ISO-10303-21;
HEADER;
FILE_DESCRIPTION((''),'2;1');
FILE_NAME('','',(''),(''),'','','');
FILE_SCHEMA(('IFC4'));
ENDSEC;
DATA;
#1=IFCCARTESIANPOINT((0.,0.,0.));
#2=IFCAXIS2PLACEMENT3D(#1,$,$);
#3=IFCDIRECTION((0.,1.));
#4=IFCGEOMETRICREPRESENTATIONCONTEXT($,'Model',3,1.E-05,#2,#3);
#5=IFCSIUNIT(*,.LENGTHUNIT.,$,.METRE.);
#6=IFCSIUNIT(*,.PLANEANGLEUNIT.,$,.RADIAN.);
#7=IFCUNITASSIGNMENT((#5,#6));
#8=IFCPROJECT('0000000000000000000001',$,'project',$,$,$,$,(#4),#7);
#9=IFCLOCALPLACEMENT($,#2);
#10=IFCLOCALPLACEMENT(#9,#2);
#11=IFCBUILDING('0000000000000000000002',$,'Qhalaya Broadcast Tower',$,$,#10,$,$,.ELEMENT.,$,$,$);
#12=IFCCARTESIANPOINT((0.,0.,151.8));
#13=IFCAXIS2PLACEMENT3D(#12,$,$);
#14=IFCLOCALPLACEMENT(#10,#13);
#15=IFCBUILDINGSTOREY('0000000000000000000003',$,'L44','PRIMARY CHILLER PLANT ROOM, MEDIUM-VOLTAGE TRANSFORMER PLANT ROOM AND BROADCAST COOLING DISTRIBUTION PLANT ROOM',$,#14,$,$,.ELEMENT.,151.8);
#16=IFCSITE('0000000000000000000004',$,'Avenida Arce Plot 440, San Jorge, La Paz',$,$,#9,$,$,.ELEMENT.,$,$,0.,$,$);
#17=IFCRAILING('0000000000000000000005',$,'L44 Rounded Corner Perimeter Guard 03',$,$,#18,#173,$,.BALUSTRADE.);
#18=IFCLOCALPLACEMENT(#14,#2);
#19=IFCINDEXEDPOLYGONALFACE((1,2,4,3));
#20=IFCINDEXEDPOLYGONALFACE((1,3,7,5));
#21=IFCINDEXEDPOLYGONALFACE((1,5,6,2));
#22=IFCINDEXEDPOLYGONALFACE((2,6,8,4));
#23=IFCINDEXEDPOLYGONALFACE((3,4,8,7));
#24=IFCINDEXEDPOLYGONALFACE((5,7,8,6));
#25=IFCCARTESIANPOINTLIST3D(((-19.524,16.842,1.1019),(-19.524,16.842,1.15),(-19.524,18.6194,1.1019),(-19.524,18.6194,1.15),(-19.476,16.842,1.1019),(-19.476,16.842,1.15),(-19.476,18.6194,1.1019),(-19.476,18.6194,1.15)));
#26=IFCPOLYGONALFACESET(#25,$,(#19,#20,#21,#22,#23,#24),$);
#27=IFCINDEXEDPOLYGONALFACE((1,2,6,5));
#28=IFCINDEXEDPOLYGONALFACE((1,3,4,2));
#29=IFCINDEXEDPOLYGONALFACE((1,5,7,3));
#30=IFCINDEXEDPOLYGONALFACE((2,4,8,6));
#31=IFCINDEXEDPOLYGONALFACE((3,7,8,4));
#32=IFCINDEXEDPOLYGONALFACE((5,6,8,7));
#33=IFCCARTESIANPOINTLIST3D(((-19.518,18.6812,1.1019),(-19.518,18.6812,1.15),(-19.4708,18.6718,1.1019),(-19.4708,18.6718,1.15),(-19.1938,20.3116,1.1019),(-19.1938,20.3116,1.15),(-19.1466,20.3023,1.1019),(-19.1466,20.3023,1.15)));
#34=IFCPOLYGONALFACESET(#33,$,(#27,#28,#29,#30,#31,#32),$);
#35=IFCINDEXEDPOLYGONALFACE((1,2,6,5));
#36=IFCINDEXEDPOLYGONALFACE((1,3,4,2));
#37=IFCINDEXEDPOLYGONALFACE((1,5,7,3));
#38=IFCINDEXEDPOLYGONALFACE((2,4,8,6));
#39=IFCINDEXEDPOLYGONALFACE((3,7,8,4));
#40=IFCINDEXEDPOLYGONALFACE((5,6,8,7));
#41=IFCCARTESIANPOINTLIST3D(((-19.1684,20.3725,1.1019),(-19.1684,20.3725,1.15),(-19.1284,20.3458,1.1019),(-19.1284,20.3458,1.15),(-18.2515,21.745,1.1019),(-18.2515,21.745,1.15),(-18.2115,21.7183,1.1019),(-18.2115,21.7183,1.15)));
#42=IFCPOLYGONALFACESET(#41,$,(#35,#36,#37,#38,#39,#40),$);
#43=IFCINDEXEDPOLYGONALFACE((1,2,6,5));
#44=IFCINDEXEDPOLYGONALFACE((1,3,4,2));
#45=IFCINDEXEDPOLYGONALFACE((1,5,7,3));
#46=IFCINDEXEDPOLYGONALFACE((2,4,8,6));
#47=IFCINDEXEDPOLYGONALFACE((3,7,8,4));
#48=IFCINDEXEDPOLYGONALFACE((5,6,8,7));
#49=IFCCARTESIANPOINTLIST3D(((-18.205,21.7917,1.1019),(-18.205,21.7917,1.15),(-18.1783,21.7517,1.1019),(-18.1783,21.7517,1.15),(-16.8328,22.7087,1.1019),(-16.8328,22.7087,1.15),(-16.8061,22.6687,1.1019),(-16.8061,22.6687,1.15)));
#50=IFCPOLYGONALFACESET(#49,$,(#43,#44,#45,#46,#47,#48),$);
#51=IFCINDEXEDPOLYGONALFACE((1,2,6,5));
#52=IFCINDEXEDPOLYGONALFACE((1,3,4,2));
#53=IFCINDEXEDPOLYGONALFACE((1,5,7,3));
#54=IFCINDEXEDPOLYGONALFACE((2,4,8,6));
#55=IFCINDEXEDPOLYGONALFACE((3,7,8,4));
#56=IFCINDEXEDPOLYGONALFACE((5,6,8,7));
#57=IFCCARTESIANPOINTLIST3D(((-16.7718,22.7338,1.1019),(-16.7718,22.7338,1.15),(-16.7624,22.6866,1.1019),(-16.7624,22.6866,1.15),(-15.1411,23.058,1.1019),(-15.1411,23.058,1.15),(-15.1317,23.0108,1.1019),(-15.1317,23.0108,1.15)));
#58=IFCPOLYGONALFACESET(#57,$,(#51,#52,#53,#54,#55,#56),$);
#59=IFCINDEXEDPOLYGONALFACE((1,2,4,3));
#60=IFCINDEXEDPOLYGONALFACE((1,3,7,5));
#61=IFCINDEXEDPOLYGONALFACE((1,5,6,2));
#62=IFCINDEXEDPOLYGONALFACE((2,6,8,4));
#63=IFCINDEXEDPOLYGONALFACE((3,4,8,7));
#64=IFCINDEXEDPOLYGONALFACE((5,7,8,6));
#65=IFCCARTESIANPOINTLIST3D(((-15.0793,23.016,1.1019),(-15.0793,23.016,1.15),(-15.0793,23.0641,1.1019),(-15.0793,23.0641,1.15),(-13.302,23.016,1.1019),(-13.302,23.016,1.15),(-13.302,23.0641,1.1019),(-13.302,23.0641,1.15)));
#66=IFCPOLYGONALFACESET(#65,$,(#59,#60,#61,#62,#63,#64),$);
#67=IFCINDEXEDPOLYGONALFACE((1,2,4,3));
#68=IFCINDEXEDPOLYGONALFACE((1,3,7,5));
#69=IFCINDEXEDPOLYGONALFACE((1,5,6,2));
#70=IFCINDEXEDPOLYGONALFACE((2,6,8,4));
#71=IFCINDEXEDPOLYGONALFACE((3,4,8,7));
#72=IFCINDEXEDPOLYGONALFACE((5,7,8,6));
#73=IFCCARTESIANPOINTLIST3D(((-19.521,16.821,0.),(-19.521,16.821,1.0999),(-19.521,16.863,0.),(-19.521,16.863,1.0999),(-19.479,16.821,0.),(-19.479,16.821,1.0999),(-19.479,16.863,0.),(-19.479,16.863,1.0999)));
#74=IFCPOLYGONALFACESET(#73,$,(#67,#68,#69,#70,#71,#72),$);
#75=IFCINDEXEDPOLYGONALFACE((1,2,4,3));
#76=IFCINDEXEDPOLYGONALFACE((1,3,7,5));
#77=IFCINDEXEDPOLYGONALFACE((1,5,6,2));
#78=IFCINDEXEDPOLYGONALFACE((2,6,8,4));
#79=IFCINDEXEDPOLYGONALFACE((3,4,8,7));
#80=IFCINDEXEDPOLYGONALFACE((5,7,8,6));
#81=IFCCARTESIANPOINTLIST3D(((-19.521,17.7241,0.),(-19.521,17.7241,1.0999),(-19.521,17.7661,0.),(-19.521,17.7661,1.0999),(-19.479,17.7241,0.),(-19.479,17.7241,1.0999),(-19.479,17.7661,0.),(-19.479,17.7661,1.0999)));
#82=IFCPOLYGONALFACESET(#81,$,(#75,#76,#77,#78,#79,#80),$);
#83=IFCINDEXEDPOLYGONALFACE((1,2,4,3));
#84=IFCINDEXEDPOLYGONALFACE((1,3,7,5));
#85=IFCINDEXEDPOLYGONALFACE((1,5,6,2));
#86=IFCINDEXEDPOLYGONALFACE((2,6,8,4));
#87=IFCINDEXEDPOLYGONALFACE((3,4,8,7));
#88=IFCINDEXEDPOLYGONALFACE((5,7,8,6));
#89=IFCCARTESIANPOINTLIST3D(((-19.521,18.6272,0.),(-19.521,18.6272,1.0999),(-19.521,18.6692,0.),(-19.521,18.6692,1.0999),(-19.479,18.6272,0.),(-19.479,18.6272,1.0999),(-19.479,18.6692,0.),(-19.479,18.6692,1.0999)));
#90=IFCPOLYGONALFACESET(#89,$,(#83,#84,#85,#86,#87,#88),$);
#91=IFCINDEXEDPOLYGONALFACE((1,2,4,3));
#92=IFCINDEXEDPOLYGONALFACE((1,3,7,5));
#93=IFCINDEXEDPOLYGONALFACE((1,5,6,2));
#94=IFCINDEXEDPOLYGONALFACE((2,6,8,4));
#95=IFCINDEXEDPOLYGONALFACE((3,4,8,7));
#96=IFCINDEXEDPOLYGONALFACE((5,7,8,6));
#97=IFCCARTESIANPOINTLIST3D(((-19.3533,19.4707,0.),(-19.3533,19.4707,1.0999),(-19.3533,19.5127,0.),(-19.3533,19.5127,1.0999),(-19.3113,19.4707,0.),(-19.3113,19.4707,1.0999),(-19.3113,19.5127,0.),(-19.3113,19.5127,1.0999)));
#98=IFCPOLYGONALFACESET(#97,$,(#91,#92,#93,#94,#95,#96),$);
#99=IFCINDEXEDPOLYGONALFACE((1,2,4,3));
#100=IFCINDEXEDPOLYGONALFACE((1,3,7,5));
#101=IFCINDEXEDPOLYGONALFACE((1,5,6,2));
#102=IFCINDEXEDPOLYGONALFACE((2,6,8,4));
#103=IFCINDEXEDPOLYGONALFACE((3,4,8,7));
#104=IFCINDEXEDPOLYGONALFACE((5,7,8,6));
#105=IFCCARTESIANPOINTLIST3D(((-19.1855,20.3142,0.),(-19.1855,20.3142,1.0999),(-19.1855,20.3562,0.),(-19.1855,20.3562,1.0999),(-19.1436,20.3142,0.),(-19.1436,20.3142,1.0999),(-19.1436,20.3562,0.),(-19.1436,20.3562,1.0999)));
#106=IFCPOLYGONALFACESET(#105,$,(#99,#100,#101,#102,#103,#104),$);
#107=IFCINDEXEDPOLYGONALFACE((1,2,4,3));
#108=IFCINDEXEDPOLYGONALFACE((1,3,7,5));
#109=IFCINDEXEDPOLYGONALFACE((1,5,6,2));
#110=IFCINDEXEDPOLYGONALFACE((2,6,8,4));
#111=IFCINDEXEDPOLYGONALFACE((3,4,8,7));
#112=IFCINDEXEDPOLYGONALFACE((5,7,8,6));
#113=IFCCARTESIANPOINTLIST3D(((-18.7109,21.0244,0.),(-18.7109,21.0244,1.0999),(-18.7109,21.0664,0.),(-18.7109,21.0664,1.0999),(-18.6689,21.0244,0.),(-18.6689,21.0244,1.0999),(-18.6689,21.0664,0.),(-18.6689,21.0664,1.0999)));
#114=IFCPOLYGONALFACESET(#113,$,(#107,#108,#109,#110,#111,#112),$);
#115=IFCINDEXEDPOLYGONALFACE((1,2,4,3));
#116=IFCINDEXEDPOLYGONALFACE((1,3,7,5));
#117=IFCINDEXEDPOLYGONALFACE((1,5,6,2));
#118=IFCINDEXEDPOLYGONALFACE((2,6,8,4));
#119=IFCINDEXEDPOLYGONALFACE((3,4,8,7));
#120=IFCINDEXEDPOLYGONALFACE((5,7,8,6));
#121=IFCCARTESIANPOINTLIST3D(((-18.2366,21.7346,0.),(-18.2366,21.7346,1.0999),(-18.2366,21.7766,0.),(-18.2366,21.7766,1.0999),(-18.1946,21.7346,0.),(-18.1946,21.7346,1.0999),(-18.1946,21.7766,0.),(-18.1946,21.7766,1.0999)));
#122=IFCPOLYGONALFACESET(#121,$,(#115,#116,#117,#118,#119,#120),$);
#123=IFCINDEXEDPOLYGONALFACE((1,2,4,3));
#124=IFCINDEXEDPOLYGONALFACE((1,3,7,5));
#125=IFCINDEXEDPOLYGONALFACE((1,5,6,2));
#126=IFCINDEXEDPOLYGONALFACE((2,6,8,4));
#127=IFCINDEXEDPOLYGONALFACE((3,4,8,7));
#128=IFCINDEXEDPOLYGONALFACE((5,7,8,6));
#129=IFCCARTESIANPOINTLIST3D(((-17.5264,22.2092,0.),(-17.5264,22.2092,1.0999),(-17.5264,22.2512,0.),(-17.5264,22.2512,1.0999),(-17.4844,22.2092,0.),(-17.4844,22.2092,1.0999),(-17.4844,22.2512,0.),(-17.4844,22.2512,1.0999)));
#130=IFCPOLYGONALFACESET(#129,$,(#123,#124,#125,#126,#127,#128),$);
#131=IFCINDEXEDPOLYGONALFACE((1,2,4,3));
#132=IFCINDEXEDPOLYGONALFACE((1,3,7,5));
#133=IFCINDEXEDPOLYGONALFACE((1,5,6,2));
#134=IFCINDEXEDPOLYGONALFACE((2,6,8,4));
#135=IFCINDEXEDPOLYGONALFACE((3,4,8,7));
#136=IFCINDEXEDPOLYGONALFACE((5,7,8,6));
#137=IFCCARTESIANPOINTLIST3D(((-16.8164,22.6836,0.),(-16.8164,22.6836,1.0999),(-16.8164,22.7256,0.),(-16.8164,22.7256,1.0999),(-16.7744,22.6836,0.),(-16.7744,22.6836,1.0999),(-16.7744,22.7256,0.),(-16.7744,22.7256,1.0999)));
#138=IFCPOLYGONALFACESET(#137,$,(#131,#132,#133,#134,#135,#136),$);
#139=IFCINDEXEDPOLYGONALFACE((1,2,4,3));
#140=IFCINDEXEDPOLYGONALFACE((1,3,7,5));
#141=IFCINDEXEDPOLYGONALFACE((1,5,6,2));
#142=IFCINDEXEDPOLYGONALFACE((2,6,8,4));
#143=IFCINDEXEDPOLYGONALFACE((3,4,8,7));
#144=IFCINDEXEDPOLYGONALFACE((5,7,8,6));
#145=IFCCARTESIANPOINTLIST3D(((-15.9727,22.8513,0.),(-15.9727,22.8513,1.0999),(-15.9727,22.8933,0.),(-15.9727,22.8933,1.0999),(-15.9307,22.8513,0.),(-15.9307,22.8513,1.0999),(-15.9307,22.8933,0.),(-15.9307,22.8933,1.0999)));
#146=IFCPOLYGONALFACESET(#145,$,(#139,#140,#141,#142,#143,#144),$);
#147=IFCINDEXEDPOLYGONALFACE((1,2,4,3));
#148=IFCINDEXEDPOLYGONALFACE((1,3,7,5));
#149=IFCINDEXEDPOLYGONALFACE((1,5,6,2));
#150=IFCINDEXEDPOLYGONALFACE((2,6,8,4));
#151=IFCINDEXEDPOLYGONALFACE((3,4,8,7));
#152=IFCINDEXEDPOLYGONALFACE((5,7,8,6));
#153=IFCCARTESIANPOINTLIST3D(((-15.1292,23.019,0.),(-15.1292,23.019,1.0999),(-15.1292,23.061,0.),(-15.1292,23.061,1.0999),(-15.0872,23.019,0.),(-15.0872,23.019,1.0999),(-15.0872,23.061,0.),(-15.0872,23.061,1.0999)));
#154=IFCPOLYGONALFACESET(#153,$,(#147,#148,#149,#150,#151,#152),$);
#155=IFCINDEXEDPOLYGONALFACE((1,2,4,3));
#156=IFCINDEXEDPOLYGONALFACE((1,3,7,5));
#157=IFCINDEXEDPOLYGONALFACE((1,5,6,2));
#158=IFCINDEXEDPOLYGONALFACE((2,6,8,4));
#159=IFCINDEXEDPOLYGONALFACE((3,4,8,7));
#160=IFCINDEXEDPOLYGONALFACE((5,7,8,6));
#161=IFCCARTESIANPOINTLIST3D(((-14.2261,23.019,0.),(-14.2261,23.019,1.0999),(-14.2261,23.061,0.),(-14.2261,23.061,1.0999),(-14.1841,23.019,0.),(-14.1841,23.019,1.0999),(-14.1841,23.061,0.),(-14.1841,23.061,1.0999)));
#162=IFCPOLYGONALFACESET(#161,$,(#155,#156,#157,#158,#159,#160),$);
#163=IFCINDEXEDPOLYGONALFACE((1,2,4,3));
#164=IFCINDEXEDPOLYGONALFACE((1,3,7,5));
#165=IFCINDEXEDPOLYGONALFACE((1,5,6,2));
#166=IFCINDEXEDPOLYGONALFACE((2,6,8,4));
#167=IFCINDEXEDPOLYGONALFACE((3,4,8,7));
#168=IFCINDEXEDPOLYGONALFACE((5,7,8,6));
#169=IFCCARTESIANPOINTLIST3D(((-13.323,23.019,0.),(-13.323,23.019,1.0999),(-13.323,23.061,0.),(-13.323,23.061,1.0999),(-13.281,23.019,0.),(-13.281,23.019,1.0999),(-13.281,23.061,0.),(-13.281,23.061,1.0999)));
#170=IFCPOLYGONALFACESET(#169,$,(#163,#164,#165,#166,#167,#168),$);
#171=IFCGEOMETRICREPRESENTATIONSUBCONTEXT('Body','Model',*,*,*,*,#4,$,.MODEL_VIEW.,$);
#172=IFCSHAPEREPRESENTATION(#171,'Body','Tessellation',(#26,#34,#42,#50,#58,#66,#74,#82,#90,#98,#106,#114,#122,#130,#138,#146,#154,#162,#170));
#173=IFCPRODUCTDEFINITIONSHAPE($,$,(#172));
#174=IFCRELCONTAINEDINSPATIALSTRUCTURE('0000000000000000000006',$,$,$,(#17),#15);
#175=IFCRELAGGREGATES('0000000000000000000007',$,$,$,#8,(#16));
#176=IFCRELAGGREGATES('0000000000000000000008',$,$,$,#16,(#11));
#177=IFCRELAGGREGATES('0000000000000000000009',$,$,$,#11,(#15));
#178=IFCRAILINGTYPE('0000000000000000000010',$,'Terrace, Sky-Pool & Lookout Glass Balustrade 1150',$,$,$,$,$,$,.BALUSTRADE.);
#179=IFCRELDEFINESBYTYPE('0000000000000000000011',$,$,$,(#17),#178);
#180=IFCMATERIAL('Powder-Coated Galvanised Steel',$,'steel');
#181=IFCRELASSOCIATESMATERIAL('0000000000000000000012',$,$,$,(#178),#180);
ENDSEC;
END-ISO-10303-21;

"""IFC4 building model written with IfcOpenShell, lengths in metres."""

from ifc_helpers import new_model, si_unit, direction, frame, origin, origin_2d, place, context, subcontext, project, spatial, rectangle, extrude, material, type_object, element, save


model = new_model("IFC4")

# Units and contexts
model_context = context("Model", 3, precision=1e-05, world=origin(), true_north=direction((0.0, 1.0)))
body_context = subcontext(model_context, "Body", "Model", "MODEL_VIEW")
ifc_project = project(units=[si_unit("LENGTHUNIT", "METRE"), si_unit("PLANEANGLEUNIT", "RADIAN")], contexts=[model_context])

# Site, building, storey
site_placement = place(None, origin())
site = spatial("IfcSite", under=ifc_project, at=site_placement, Name="Avenida Arce Plot 440, San Jorge, La Paz", CompositionType="ELEMENT", RefElevation=0.0)
building_placement = place(site_placement, origin())
building = spatial("IfcBuilding", under=site, at=building_placement, Name="Qhalaya Broadcast Tower", CompositionType="ELEMENT")
storey_placement = place(building_placement, frame((0.0, 0.0, 151.8)))
storey = spatial("IfcBuildingStorey", under=building, at=storey_placement, Name="L44", Description="PRIMARY CHILLER PLANT ROOM, MEDIUM-VOLTAGE TRANSFORMER PLANT ROOM AND BROADCAST COOLING DISTRIBUTION PLANT ROOM", CompositionType="ELEMENT", Elevation=151.8)

# Railing
ifc_material_1 = material(Name="Powder-Coated Galvanised Steel", Category="steel")
railing_type = type_object("IfcRailingType", Name="Terrace, Sky-Pool & Lookout Glass Balustrade 1150", PredefinedType="BALUSTRADE", material=ifc_material_1)
railing_placement = place(storey_placement, frame((-19.5, 16.842, 0.0)))
element("IfcRailing", 1, at=railing_placement, inside=storey, type_object=railing_type, Name="L44 Rounded Corner Perimeter Guard 03", PredefinedType="BALUSTRADE", context=body_context, shape_type="SweptSolid", body=[
    extrude(rectangle(XDim=0.0481, YDim=0.0481, at=origin_2d()), frame((0.0, 0.0, 1.126), z_axis=(0.0, 1.0, 0.0), x_axis=(-1.0, 0.0, 0.0)), (0.0, 0.0, 1.0), 1.7773),
    extrude(rectangle(XDim=0.0481, YDim=0.0481, at=origin_2d()), frame((0.0056, 1.8345, 1.126), z_axis=(0.195024, 0.980798, 0.0), x_axis=(-0.980798, 0.195024, 0.0)), (0.0, 0.0, 1.0), 1.6624),
    extrude(rectangle(XDim=0.0481, YDim=0.0481, at=origin_2d()), frame((0.3516, 3.5171, 1.126), z_axis=(0.555524, 0.8315, 0.0), x_axis=(-0.8315, 0.555524, 0.0)), (0.0, 0.0, 1.0), 1.6506),
    extrude(rectangle(XDim=0.0481, YDim=0.0481, at=origin_2d()), frame((1.3083, 4.9297, 1.126), z_axis=(0.831456, 0.55559, 0.0), x_axis=(-0.55559, 0.831456, 0.0)), (0.0, 0.0, 1.0), 1.6504),
    extrude(rectangle(XDim=0.0481, YDim=0.0481, at=origin_2d()), frame((2.7329, 5.8682, 1.126), z_axis=(0.980804, 0.194997, 0.0), x_axis=(-0.194997, 0.980804, 0.0)), (0.0, 0.0, 1.0), 1.6626),
    extrude(rectangle(XDim=0.0481, YDim=0.0481, at=origin_2d()), frame((4.4207, 6.198, 1.126), z_axis=(1.0, 0.0, 0.0), x_axis=(0.0, 1.0, 0.0)), (0.0, 0.0, 1.0), 1.7773),
    extrude(rectangle(XDim=0.042, YDim=0.042, at=origin_2d()), origin(), (0.0, 0.0, 1.0), 1.0999),
    extrude(rectangle(XDim=0.042, YDim=0.042, at=origin_2d()), frame((0.0, 0.9031, 0.0)), (0.0, 0.0, 1.0), 1.0999),
    extrude(rectangle(XDim=0.042, YDim=0.042, at=origin_2d()), frame((0.0, 1.8062, 0.0)), (0.0, 0.0, 1.0), 1.0999),
    extrude(rectangle(XDim=0.042, YDim=0.042, at=origin_2d()), frame((0.1677, 2.6497, 0.0)), (0.0, 0.0, 1.0), 1.0999),
    extrude(rectangle(XDim=0.042, YDim=0.042, at=origin_2d()), frame((0.3354, 3.4932, 0.0)), (0.0, 0.0, 1.0), 1.0999),
    extrude(rectangle(XDim=0.042, YDim=0.042, at=origin_2d()), frame((0.8101, 4.2034, 0.0)), (0.0, 0.0, 1.0), 1.0999),
    extrude(rectangle(XDim=0.042, YDim=0.042, at=origin_2d()), frame((1.2844, 4.9136, 0.0)), (0.0, 0.0, 1.0), 1.0999),
    extrude(rectangle(XDim=0.042, YDim=0.042, at=origin_2d()), frame((1.9946, 5.3882, 0.0)), (0.0, 0.0, 1.0), 1.0999),
    extrude(rectangle(XDim=0.042, YDim=0.042, at=origin_2d()), frame((2.7046, 5.8625, 0.0)), (0.0, 0.0, 1.0), 1.0999),
    extrude(rectangle(XDim=0.042, YDim=0.042, at=origin_2d()), frame((3.5483, 6.0303, 0.0)), (0.0, 0.0, 1.0), 1.0999),
    extrude(rectangle(XDim=0.042, YDim=0.042, at=origin_2d()), frame((4.3918, 6.198, 0.0)), (0.0, 0.0, 1.0), 1.0999),
    extrude(rectangle(XDim=0.042, YDim=0.042, at=origin_2d()), frame((5.2949, 6.198, 0.0)), (0.0, 0.0, 1.0), 1.0999),
    extrude(rectangle(XDim=0.042, YDim=0.042, at=origin_2d()), frame((6.198, 6.198, 0.0)), (0.0, 0.0, 1.0), 1.0999),
])

save(model, "model.ifc")
